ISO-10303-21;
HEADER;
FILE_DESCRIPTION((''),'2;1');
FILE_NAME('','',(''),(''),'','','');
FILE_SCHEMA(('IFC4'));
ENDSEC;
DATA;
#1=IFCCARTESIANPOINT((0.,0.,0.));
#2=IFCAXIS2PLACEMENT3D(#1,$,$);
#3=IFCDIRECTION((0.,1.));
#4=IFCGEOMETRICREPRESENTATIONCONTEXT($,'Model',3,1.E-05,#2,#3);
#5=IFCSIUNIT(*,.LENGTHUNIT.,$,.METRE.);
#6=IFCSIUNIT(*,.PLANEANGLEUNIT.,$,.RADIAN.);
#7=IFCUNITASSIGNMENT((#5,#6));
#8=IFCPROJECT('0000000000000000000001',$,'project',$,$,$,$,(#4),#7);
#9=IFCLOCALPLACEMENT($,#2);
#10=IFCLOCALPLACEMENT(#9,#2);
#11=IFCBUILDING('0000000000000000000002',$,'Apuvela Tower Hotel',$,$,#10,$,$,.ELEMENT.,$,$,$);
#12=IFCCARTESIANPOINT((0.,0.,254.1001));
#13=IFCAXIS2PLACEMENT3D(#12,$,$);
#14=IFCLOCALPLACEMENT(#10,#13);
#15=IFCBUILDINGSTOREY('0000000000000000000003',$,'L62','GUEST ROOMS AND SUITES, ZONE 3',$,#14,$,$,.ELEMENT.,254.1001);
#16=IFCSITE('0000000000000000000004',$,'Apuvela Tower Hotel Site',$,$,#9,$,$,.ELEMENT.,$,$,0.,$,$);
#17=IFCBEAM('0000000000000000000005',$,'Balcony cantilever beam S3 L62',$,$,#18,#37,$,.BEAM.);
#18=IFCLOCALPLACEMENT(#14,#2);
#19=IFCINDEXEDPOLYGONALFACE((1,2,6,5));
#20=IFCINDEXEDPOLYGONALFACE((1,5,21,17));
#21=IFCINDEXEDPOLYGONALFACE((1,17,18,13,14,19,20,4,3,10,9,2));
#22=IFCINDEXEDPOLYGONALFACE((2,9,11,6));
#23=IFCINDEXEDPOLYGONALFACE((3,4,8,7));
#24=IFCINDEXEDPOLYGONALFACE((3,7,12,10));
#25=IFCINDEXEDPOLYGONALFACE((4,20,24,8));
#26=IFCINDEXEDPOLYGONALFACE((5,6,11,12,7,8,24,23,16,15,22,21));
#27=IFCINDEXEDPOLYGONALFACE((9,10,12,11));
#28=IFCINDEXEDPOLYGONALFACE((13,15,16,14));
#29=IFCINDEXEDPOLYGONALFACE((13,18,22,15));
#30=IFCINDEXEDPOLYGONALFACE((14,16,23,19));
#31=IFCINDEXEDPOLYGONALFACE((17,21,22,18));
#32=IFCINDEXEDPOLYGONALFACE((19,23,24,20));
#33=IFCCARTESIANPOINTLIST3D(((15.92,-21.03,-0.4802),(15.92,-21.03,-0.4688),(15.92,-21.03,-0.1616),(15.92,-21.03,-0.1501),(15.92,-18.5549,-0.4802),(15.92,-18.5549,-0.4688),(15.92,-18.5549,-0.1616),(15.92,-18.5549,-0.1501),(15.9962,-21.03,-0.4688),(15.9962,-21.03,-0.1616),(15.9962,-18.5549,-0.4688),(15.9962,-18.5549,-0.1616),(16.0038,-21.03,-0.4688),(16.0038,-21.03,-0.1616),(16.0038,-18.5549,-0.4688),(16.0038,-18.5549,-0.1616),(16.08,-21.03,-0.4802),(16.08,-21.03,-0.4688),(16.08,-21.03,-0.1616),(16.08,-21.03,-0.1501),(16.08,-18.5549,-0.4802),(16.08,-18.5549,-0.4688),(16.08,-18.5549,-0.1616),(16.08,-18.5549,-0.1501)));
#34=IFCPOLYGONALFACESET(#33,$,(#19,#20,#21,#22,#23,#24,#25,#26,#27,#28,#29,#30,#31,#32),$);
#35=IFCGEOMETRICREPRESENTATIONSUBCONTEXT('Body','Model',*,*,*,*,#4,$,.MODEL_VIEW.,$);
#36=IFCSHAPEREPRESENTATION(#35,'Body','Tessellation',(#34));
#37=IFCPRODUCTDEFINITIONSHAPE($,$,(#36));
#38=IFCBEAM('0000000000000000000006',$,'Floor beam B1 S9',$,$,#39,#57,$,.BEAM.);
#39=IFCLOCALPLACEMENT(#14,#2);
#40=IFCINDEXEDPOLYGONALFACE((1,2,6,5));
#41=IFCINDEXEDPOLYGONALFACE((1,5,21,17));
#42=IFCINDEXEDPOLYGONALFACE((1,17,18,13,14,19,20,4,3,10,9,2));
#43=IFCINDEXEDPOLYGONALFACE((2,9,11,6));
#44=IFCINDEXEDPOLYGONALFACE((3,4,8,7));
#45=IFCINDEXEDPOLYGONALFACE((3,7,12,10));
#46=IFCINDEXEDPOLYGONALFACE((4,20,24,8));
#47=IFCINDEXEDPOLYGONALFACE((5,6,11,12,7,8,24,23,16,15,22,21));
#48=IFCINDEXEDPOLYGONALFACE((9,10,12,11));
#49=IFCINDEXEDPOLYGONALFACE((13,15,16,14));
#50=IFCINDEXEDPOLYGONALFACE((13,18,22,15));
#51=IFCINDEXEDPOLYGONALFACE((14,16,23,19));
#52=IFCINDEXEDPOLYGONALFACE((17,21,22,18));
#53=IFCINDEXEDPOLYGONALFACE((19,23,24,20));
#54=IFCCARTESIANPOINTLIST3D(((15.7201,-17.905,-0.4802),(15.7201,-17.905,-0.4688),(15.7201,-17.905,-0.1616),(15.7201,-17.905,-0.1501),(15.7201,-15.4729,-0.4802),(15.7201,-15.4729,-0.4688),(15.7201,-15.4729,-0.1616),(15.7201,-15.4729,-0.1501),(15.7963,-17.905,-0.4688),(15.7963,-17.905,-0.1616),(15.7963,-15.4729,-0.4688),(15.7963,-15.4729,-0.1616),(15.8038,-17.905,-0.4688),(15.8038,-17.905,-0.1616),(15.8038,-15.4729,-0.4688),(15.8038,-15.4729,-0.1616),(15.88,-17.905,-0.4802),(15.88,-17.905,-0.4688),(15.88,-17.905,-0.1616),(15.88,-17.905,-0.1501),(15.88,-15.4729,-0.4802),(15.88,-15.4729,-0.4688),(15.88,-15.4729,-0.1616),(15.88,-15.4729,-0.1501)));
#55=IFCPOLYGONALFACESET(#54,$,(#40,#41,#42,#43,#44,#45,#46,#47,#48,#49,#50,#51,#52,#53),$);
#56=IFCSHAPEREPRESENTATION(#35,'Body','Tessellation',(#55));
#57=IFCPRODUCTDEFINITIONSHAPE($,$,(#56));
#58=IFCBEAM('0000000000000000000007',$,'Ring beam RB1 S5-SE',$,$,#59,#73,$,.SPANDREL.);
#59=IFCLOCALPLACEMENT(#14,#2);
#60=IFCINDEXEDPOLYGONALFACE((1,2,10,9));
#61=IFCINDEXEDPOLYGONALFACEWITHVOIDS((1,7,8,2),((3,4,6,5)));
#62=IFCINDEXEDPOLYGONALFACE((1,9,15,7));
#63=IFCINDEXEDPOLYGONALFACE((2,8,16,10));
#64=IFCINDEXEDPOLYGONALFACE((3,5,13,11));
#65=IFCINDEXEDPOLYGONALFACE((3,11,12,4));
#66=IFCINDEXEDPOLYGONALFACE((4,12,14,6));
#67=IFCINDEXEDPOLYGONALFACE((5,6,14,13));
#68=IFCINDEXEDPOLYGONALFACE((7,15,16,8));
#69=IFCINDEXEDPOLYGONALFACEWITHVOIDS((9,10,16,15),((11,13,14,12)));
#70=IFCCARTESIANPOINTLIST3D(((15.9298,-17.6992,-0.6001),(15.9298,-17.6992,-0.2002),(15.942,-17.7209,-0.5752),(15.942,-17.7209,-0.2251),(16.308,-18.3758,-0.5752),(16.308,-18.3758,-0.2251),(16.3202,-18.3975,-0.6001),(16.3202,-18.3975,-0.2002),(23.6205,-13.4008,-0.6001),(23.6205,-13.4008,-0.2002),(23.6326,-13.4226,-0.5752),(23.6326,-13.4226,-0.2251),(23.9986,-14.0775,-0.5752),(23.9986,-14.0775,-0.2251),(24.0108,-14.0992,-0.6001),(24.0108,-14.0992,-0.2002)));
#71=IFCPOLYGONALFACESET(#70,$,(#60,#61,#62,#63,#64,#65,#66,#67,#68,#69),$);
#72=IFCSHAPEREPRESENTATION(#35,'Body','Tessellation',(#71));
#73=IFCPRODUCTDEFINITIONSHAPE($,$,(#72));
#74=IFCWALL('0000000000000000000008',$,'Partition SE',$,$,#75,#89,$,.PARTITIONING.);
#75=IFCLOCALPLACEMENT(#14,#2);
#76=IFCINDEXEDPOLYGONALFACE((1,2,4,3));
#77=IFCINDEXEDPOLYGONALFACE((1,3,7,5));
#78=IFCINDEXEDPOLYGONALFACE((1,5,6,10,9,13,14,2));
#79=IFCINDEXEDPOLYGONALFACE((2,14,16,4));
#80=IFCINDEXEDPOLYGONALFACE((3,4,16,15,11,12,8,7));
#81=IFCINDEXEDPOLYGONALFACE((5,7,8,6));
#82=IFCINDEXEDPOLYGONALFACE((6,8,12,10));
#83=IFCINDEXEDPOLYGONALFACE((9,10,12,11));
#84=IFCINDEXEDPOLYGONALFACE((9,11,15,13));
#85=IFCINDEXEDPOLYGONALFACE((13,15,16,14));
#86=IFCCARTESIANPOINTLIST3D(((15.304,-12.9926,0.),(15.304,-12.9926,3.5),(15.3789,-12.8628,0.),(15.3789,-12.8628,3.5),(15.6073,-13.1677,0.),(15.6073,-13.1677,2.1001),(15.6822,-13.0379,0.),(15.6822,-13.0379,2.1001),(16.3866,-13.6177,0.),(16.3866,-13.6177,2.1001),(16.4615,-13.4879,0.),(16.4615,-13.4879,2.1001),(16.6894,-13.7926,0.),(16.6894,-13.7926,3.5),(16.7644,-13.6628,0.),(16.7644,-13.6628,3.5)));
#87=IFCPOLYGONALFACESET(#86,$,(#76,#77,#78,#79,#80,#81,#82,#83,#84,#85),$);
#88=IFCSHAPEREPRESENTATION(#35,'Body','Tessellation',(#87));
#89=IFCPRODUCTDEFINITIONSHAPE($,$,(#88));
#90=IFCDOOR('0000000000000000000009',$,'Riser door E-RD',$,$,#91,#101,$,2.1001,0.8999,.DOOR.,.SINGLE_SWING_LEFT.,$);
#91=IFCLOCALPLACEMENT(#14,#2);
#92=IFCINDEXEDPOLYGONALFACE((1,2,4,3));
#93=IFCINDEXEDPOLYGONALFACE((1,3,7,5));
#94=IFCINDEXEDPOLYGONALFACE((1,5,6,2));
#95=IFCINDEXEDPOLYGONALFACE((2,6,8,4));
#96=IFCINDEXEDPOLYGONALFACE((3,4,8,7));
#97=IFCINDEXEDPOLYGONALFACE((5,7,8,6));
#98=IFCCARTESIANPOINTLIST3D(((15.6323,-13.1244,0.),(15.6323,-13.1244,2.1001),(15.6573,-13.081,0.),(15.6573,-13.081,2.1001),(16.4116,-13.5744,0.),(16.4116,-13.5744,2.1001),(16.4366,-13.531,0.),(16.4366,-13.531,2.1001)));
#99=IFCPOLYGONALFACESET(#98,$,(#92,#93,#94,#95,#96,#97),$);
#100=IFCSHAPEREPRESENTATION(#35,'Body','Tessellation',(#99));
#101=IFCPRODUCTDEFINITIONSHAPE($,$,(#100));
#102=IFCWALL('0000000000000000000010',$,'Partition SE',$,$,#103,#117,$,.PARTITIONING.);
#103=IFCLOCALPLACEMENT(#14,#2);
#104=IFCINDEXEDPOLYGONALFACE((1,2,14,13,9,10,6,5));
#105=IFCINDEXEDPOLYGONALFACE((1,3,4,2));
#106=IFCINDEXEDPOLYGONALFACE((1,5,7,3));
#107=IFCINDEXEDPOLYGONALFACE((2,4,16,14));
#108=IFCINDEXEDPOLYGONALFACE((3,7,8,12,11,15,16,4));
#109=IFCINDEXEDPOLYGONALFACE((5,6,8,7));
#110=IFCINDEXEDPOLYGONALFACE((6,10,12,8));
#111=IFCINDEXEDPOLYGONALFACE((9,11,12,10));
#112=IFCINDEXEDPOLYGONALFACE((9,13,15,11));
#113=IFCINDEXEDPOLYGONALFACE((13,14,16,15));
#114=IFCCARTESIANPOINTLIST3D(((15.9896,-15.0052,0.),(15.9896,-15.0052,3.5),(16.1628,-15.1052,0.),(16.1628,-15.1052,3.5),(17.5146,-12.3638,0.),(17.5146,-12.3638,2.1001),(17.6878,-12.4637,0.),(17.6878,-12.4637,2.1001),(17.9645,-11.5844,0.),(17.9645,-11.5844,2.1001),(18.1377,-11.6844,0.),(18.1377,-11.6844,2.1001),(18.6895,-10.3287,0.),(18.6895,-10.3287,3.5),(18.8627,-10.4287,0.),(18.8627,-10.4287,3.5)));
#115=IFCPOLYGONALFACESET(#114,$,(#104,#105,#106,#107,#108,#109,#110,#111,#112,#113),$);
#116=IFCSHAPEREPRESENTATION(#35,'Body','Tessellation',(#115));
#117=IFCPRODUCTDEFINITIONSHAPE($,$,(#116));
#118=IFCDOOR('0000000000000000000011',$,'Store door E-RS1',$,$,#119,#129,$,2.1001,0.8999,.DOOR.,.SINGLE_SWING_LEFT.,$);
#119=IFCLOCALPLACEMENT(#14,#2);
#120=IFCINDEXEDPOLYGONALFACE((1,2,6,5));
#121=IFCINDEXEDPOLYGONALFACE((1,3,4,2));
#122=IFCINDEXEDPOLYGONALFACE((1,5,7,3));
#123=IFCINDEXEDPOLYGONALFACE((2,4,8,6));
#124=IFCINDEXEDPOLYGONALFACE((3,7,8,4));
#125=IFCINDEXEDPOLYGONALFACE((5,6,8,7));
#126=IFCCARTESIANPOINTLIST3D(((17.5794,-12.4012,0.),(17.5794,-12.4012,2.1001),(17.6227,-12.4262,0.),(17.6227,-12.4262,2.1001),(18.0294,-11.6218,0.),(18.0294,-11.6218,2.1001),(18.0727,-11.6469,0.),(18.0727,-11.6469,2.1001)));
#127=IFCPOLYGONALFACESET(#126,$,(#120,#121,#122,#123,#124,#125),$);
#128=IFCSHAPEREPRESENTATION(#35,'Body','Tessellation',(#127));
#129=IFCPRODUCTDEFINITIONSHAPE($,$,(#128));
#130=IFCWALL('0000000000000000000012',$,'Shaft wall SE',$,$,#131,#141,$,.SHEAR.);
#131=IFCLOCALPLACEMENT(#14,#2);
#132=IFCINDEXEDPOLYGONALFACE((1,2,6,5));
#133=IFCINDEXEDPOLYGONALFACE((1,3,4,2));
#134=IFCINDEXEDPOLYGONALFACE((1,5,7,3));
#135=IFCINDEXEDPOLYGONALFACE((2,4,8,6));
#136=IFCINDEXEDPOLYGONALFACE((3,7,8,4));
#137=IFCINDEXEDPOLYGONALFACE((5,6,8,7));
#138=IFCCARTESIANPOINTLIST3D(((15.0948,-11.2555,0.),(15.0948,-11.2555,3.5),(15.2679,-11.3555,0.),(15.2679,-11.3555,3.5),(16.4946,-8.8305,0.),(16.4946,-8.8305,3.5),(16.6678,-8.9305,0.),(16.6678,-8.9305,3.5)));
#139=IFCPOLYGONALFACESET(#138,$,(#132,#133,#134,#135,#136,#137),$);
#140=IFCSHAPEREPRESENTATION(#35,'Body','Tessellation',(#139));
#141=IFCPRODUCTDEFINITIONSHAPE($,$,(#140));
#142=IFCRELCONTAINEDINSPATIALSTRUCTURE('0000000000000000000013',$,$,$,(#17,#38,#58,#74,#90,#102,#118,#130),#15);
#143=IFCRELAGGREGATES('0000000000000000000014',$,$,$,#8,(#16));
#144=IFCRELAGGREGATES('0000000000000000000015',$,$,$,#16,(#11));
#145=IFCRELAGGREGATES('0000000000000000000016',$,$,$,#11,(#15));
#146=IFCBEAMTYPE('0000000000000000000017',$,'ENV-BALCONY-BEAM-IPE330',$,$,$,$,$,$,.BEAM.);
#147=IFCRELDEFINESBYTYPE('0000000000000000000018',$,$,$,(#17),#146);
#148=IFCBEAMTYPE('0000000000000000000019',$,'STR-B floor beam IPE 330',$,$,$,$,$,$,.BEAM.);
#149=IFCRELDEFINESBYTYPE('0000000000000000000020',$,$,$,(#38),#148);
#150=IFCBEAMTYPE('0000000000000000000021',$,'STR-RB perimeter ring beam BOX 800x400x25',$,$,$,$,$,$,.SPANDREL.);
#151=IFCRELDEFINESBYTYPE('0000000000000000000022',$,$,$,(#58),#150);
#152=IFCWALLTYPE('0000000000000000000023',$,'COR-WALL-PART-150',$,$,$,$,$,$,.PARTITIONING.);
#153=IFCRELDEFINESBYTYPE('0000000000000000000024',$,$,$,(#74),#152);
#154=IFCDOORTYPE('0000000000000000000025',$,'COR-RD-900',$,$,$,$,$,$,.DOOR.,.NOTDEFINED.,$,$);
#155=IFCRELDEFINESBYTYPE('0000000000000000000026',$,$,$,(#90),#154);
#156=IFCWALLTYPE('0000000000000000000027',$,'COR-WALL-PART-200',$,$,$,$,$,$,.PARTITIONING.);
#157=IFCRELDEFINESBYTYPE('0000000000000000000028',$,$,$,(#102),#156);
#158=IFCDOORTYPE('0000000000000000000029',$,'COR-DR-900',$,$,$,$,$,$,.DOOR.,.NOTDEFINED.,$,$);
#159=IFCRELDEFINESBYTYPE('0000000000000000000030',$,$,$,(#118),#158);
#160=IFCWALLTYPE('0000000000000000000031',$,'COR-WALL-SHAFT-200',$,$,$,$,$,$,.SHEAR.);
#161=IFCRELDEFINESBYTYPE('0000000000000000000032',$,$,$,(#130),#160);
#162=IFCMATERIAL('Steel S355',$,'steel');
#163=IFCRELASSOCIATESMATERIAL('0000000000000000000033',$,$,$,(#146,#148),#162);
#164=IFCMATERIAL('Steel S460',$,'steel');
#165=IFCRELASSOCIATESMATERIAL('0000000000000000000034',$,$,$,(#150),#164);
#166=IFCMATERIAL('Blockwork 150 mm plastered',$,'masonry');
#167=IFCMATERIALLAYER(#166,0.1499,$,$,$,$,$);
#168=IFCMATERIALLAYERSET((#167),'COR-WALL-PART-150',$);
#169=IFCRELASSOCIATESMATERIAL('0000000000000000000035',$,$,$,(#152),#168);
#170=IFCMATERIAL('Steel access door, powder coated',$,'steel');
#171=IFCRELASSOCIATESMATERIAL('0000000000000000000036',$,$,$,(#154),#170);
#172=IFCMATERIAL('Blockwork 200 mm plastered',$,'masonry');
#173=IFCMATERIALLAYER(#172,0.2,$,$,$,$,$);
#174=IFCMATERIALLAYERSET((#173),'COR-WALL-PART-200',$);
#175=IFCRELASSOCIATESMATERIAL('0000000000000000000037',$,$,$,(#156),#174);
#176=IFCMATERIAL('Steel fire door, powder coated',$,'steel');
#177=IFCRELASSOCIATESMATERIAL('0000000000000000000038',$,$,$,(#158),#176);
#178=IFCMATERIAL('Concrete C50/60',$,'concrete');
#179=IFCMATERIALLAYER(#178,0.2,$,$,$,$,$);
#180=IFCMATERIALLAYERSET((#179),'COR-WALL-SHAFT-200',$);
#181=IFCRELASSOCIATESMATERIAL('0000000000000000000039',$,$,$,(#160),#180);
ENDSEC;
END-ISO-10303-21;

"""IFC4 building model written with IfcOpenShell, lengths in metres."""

from ifc_helpers import new_model, si_unit, direction, frame, frame_2d, origin, origin_2d, place, context, subcontext, project, spatial, rectangle, hollow_rectangle, i_section, extrude, material, layer, layer_set, material_profile, profile_set, type_object, element, fill, save


model = new_model("IFC4")

# Units and contexts
model_context = context("Model", 3, precision=1e-05, world=origin(), true_north=direction((0.0, 1.0)))
body_context = subcontext(model_context, "Body", "Model", "MODEL_VIEW")
ifc_project = project(units=[si_unit("LENGTHUNIT", "METRE"), si_unit("PLANEANGLEUNIT", "RADIAN")], contexts=[model_context])

# Site, building, storey
site_placement = place(None, origin())
site = spatial("IfcSite", under=ifc_project, at=site_placement, Name="Apuvela Tower Hotel Site", CompositionType="ELEMENT", RefElevation=0.0)
building_placement = place(site_placement, origin())
building = spatial("IfcBuilding", under=site, at=building_placement, Name="Apuvela Tower Hotel", CompositionType="ELEMENT")
storey_placement = place(building_placement, frame((0.0, 0.0, 254.1001)))
storey = spatial("IfcBuildingStorey", under=building, at=storey_placement, Name="L62", Description="GUEST ROOMS AND SUITES, ZONE 3", CompositionType="ELEMENT", Elevation=254.1001)

# Shared definitions
ifc_material_1 = material(Name="Steel S460", Category="steel")

# Beams
ifc_material_2 = material(Name="Steel S355", Category="steel")
ifc_material_profile_1 = material_profile(ifc_material_2, i_section(OverallWidth=0.1599, OverallDepth=0.3301, WebThickness=0.0076, FlangeThickness=0.0115, at=origin_2d()), Name="IPE 330")
ifc_profile_set_1 = profile_set([ifc_material_profile_1], Name="Steel S355")
beam_type_1 = type_object("IfcBeamType", Name="ENV-BALCONY-BEAM-IPE330", PredefinedType="BEAM", material=ifc_profile_set_1)
beam_1_placement = place(storey_placement, frame((16.0, -18.5549, -0.3152), z_axis=(0.0, -1.0, 0.0), x_axis=(1.0, 0.0, 0.0)))
element("IfcBeam", 1, at=beam_1_placement, inside=storey, type_object=beam_type_1, Name="Balcony cantilever beam S3 L62", PredefinedType="BEAM", context=body_context, shape_type="SweptSolid", body=[
    extrude(i_section(OverallWidth=0.1599, OverallDepth=0.3301, WebThickness=0.0076, FlangeThickness=0.0115, at=origin_2d()), origin(), (0.0, 0.0, 1.0), 2.4751),
])
ifc_material_profile_2 = material_profile(ifc_material_2, i_section(OverallWidth=0.1599, OverallDepth=0.3301, WebThickness=0.0076, FlangeThickness=0.0115, at=origin_2d()), Name="IPE 330")
ifc_profile_set_2 = profile_set([ifc_material_profile_2], Name="Steel S355")
beam_type_2 = type_object("IfcBeamType", Name="STR-B floor beam IPE 330", PredefinedType="BEAM", material=ifc_profile_set_2)
beam_2_placement = place(storey_placement, frame((15.8, -17.905, -0.3152), z_axis=(0.0, 1.0, 0.0), x_axis=(-1.0, 0.0, 0.0)))
element("IfcBeam", 2, at=beam_2_placement, inside=storey, type_object=beam_type_2, Name="Floor beam B1 S9", PredefinedType="BEAM", context=body_context, shape_type="SweptSolid", body=[
    extrude(i_section(OverallWidth=0.1599, OverallDepth=0.3301, WebThickness=0.0076, FlangeThickness=0.0115, at=origin_2d()), origin(), (0.0, 0.0, 1.0), 2.4321),
])
ifc_material_profile_3 = material_profile(ifc_material_1, hollow_rectangle(XDim=0.8, YDim=0.3999, WallThickness=0.0249, at=origin_2d()), Name="BOX 800x400x25")
ifc_profile_set_3 = profile_set([ifc_material_profile_3], Name="Steel S460")
beam_type_3 = type_object("IfcBeamType", Name="STR-RB perimeter ring beam BOX 800x400x25", PredefinedType="SPANDREL", material=ifc_profile_set_3)
beam_3_placement = place(storey_placement, frame((16.125, -18.0483, -0.4001), z_axis=(0.872914, 0.487874, 0.0), x_axis=(-0.487874, 0.872914, 0.0)))
element("IfcBeam", 3, at=beam_3_placement, inside=storey, type_object=beam_type_3, Name="Ring beam RB1 S5-SE", PredefinedType="SPANDREL", context=body_context, shape_type="SweptSolid", body=[
    extrude(hollow_rectangle(XDim=0.8, YDim=0.3999, WallThickness=0.0249, at=origin_2d()), origin(), (0.0, 0.0, 1.0), 8.8103),
])

# Walls, openings, doors
ifc_material_3 = material(Name="Blockwork 150 mm plastered", Category="masonry")
ifc_layer_1 = layer(ifc_material_3, 0.1499)
ifc_layer_set_1 = layer_set([ifc_layer_1], Name="COR-WALL-PART-150")
wall_type_1 = type_object("IfcWallType", Name="COR-WALL-PART-150", PredefinedType="PARTITIONING", material=ifc_layer_set_1)
wall_1_placement = place(storey_placement, frame((15.3416, -12.9277, 0.0), z_axis=(0.0, 0.0, 1.0), x_axis=(0.86599, -0.500061, 0.0)))
wall_1 = element("IfcWall", 4, at=wall_1_placement, inside=storey, type_object=wall_type_1, Name="Partition SE", PredefinedType="PARTITIONING", context=body_context, shape_type="SweptSolid", body=[
    extrude(rectangle(XDim=1.5999, YDim=0.1499, at=frame_2d((0.7998, 0.0))), origin(), (0.0, 0.0, 1.0), 3.5),
])
opening_1_placement = place(wall_1_placement, frame((0.3501, 0.0, 0.0)))
opening_1 = element("IfcOpeningElement", 5, at=opening_1_placement, cuts=wall_1, PredefinedType="OPENING", context=body_context, shape_type="SweptSolid", body=[
    extrude(rectangle(XDim=0.8999, YDim=2.1001, at=frame_2d((0.45, 1.05))), frame((0.0, 0.085, 0.0), z_axis=(0.0, -1.0, 0.0), x_axis=(1.0, 0.0, 0.0)), (0.0, 0.0, 1.0), 0.1699),
])
ifc_material_4 = material(Name="Steel access door, powder coated", Category="steel")
door_type_1 = type_object("IfcDoorType", Name="COR-RD-900", OperationType="NOTDEFINED", PredefinedType="DOOR", material=ifc_material_4)
door_1_placement = place(opening_1_placement, frame((0.8999, 0.0, 0.0), z_axis=(0.0, 0.0, 1.0), x_axis=(-1.0, 0.0, 0.0)))
door_1 = element("IfcDoor", 6, at=door_1_placement, inside=storey, type_object=door_type_1, Name="Riser door E-RD", OperationType="SINGLE_SWING_LEFT", OverallHeight=2.1001, OverallWidth=0.8999, PredefinedType="DOOR", context=body_context, shape_type="SweptSolid", body=[
    extrude(rectangle(XDim=0.8999, YDim=2.1001, at=frame_2d((0.45, 1.05))), frame((0.0, 0.0249, 0.0), z_axis=(0.0, -1.0, 0.0), x_axis=(1.0, 0.0, 0.0)), (0.0, 0.0, 1.0), 0.05),
])
fill(opening_1, door_1)
ifc_material_5 = material(Name="Blockwork 200 mm plastered", Category="masonry")
ifc_layer_2 = layer(ifc_material_5, 0.2)
ifc_layer_set_2 = layer_set([ifc_layer_2], Name="COR-WALL-PART-200")
wall_type_2 = type_object("IfcWallType", Name="COR-WALL-PART-200", PredefinedType="PARTITIONING", material=ifc_layer_set_2)
wall_2_placement = place(storey_placement, frame((16.0762, -15.0552, 0.0), z_axis=(0.0, 0.0, 1.0), x_axis=(0.499995, 0.866028, 0.0)))
wall_2 = element("IfcWall", 7, at=wall_2_placement, inside=storey, type_object=wall_type_2, Name="Partition SE", PredefinedType="PARTITIONING", context=body_context, shape_type="SweptSolid", body=[
    extrude(rectangle(XDim=5.3999, YDim=0.2, at=frame_2d((2.7, 0.0))), origin(), (0.0, 0.0, 1.0), 3.5),
])
opening_2_placement = place(wall_2_placement, frame((3.05, 0.0, 0.0)))
opening_2 = element("IfcOpeningElement", 8, at=opening_2_placement, cuts=wall_2, PredefinedType="OPENING", context=body_context, shape_type="SweptSolid", body=[
    extrude(rectangle(XDim=0.8999, YDim=2.1001, at=frame_2d((0.45, 1.05))), frame((0.0, 0.1099, 0.0), z_axis=(0.0, -1.0, 0.0), x_axis=(1.0, 0.0, 0.0)), (0.0, 0.0, 1.0), 0.22),
])
ifc_material_6 = material(Name="Steel fire door, powder coated", Category="steel")
door_type_2 = type_object("IfcDoorType", Name="COR-DR-900", OperationType="NOTDEFINED", PredefinedType="DOOR", material=ifc_material_6)
door_2_placement = place(opening_2_placement, frame((0.8999, 0.0, 0.0), z_axis=(0.0, 0.0, 1.0), x_axis=(-1.0, 0.0, 0.0)))
door_2 = element("IfcDoor", 9, at=door_2_placement, inside=storey, type_object=door_type_2, Name="Store door E-RS1", OperationType="SINGLE_SWING_LEFT", OverallHeight=2.1001, OverallWidth=0.8999, PredefinedType="DOOR", context=body_context, shape_type="SweptSolid", body=[
    extrude(rectangle(XDim=0.8999, YDim=2.1001, at=frame_2d((0.45, 1.05))), frame((0.0, 0.0249, 0.0), z_axis=(0.0, -1.0, 0.0), x_axis=(1.0, 0.0, 0.0)), (0.0, 0.0, 1.0), 0.05),
])
fill(opening_2, door_2)

# Wall
ifc_material_7 = material(Name="Concrete C50/60", Category="concrete")
ifc_layer_3 = layer(ifc_material_7, 0.2)
ifc_layer_set_3 = layer_set([ifc_layer_3], Name="COR-WALL-SHAFT-200")
wall_type_3 = type_object("IfcWallType", Name="COR-WALL-SHAFT-200", PredefinedType="SHEAR", material=ifc_layer_set_3)
wall_3_placement = place(storey_placement, frame((15.1814, -11.3054, 0.0), z_axis=(0.0, 0.0, 1.0), x_axis=(0.499946, 0.866056, 0.0)))
element("IfcWall", 10, at=wall_3_placement, inside=storey, type_object=wall_type_3, Name="Shaft wall SE", PredefinedType="SHEAR", context=body_context, shape_type="SweptSolid", body=[
    extrude(rectangle(XDim=2.8, YDim=0.2, at=frame_2d((1.3999, 0.0))), origin(), (0.0, 0.0, 1.0), 3.5),
])

save(model, "model.ifc")
